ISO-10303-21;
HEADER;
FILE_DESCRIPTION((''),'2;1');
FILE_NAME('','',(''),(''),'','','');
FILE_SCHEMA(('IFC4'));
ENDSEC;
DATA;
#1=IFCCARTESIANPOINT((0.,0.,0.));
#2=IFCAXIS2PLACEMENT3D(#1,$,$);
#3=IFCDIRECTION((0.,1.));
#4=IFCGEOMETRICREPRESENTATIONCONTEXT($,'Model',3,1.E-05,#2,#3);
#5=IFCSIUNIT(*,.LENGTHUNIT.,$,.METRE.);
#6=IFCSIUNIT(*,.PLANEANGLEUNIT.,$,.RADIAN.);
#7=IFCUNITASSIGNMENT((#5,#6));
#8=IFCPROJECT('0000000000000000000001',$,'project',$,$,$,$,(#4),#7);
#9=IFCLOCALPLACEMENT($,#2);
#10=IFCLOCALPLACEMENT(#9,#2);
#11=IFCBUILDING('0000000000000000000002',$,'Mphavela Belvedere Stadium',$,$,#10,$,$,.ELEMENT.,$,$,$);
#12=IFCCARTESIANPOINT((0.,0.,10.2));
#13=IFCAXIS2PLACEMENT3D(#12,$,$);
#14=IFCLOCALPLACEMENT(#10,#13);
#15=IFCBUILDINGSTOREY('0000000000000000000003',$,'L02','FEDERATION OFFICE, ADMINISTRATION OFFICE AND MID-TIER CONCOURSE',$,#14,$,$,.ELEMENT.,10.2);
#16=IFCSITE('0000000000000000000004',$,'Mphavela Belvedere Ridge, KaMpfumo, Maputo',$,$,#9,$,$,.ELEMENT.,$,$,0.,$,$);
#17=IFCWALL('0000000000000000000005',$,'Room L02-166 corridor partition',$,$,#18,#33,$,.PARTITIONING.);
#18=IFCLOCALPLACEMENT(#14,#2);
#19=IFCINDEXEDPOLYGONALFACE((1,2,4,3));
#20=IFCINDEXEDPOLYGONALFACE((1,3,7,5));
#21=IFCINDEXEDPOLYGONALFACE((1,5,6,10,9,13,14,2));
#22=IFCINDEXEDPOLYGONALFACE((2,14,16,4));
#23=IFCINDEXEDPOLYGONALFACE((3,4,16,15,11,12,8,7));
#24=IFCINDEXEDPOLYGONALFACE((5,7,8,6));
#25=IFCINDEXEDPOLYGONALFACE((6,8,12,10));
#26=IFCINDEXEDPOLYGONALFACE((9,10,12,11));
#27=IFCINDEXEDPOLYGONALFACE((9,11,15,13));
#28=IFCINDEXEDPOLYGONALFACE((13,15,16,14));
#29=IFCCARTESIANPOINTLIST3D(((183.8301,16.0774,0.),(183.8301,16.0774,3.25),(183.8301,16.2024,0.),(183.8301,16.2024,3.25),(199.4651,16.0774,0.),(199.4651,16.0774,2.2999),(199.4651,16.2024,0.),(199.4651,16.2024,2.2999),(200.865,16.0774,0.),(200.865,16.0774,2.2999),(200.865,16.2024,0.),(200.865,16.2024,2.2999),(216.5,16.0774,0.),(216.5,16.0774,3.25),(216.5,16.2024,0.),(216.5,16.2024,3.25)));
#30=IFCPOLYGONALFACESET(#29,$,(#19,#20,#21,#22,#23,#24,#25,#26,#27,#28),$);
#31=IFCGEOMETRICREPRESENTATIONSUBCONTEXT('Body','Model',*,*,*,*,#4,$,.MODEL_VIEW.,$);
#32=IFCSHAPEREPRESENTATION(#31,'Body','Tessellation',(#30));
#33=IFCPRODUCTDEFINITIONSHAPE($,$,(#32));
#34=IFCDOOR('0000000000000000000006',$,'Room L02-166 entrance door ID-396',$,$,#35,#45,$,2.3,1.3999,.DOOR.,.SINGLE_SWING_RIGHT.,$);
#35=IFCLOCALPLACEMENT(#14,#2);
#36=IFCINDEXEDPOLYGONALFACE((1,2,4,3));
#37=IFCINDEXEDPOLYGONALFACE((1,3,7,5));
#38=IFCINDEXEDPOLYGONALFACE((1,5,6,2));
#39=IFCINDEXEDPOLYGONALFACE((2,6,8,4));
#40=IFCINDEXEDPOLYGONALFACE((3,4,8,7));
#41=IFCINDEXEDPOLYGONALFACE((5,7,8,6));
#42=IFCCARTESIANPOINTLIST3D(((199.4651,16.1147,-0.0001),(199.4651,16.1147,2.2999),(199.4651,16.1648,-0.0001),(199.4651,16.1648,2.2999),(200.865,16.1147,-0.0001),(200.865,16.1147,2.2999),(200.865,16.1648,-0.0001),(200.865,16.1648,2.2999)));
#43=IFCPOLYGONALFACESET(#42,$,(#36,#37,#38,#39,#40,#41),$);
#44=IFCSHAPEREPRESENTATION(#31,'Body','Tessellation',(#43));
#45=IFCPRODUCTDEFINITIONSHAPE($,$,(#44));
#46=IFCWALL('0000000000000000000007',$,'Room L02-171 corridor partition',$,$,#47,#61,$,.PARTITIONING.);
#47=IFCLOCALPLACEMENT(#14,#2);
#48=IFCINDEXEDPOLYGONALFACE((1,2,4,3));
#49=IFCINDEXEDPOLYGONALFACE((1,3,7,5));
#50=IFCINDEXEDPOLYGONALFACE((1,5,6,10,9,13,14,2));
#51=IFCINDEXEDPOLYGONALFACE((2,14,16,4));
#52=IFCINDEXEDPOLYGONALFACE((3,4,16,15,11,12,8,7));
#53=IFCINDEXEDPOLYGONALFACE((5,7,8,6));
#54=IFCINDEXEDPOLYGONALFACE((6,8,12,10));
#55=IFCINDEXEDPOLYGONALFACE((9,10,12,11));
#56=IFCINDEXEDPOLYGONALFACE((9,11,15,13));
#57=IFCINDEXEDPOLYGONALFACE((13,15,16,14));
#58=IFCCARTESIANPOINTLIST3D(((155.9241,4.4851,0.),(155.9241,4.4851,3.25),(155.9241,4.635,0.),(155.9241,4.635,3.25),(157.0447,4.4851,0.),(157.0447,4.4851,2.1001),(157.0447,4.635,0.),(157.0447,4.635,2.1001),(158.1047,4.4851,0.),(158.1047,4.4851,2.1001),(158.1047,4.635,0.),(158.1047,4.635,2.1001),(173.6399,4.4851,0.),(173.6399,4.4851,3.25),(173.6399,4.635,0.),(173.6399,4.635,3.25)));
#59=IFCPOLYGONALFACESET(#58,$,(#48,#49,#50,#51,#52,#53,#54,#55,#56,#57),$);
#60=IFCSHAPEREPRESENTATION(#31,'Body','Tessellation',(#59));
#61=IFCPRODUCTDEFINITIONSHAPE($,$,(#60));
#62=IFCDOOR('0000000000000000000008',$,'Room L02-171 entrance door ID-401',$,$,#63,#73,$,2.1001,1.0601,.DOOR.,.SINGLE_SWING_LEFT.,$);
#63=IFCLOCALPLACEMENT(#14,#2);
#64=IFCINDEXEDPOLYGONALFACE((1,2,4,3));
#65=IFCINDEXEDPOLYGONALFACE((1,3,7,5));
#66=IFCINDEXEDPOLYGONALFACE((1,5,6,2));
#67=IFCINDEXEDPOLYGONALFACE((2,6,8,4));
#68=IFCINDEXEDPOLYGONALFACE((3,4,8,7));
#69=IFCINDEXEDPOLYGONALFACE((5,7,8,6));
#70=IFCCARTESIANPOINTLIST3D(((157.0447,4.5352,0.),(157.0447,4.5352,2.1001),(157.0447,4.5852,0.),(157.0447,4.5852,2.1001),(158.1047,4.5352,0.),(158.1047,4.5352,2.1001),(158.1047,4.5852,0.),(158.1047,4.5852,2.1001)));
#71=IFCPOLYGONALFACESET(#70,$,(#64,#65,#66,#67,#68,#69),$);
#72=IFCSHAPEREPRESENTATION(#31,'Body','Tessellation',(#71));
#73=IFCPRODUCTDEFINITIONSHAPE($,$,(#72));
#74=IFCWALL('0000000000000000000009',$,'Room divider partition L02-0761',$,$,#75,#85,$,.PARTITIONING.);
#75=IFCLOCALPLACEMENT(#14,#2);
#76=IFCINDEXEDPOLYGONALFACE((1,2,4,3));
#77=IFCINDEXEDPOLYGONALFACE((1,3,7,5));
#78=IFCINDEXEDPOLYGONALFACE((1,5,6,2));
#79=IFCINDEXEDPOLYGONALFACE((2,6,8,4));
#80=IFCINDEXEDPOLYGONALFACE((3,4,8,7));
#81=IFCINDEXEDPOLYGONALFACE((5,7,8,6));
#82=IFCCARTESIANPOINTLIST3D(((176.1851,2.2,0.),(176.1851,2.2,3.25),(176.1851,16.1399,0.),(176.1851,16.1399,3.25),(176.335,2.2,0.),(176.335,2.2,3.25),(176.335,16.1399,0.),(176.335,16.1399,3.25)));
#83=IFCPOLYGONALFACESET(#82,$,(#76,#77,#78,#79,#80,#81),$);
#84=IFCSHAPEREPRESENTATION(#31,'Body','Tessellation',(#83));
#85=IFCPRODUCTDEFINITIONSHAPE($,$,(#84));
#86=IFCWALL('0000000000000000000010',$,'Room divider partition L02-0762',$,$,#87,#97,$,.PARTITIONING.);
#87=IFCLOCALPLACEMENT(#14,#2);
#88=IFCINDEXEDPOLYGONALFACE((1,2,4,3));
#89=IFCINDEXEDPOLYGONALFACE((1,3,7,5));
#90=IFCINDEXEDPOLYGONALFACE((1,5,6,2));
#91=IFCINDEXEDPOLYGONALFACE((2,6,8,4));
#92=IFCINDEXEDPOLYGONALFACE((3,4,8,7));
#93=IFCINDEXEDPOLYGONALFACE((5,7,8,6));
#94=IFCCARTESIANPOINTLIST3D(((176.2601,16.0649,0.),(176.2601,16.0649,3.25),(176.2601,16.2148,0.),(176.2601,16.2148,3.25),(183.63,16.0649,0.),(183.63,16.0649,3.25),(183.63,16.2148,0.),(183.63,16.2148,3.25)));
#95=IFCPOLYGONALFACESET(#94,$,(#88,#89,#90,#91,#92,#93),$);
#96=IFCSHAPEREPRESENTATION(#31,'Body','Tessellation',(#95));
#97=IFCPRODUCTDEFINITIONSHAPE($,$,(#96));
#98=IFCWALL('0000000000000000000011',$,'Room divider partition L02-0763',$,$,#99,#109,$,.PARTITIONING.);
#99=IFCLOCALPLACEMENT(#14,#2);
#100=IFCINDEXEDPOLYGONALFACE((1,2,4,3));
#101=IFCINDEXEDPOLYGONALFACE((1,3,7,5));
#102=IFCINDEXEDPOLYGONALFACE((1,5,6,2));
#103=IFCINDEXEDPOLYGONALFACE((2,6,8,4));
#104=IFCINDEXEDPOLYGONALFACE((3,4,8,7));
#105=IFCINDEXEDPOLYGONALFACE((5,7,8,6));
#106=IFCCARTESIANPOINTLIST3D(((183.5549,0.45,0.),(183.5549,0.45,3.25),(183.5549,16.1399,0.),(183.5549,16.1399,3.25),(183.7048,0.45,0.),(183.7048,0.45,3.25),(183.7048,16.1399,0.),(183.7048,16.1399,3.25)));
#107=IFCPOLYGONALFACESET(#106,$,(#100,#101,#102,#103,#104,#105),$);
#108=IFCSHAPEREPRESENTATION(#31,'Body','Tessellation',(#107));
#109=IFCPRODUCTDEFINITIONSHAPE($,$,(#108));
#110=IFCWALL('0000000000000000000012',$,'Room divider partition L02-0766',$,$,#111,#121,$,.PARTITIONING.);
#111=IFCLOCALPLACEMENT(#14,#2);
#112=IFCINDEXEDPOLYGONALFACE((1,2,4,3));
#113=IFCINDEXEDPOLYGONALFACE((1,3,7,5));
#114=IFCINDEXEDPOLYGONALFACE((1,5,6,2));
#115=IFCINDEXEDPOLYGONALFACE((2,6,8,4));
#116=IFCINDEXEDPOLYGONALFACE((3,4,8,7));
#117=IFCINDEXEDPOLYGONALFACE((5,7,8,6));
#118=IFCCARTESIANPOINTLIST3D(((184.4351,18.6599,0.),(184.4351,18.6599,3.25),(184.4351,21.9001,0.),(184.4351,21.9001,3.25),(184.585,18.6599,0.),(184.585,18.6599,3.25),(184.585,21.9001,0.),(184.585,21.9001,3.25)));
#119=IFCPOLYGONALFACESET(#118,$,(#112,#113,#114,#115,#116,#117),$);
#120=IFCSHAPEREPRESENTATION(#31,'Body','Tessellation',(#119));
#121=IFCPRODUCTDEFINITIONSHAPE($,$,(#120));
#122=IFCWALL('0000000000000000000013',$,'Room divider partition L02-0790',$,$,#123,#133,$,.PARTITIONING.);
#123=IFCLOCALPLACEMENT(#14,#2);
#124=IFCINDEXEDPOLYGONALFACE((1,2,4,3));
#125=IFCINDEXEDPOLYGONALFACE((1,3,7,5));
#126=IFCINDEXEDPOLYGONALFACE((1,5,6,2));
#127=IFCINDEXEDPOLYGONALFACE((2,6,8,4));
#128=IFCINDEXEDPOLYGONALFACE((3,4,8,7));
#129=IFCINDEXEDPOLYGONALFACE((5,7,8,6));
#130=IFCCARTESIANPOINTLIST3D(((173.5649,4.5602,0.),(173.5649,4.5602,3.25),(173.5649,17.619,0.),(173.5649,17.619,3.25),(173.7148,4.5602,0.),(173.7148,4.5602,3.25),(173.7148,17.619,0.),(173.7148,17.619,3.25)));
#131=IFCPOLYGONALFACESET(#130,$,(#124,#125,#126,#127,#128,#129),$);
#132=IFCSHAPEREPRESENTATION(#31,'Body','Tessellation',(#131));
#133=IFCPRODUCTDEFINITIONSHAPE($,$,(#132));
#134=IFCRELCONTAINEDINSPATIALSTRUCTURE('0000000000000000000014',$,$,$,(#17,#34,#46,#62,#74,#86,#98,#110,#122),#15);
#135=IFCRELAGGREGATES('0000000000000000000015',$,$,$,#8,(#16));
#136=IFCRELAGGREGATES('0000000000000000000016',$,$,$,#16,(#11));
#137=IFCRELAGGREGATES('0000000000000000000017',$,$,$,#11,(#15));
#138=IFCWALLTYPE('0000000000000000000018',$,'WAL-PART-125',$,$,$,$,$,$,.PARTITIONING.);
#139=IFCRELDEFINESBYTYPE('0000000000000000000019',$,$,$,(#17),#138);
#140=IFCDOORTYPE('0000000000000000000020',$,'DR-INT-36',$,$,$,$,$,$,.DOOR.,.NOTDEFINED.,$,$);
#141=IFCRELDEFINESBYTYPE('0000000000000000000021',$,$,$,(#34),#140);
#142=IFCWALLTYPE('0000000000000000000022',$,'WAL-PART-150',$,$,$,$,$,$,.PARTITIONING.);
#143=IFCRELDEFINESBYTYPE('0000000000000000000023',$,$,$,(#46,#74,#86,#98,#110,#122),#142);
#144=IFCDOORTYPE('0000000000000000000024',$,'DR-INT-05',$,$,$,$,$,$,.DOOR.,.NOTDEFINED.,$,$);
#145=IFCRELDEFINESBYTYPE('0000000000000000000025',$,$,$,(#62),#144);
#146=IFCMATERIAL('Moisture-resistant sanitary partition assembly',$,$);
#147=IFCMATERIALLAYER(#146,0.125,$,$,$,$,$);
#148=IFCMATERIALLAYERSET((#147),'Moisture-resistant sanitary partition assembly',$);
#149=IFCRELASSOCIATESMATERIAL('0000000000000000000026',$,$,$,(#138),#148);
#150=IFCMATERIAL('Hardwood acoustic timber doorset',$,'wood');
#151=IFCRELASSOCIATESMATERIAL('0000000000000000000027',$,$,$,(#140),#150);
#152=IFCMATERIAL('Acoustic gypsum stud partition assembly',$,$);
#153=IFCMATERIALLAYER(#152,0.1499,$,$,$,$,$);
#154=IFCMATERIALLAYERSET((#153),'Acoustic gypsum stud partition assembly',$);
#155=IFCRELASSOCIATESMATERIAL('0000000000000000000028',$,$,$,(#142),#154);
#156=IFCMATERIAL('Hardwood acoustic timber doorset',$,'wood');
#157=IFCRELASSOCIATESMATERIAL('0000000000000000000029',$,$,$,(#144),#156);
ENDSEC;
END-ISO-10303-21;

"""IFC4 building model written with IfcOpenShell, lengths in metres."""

from ifc_helpers import new_model, si_unit, direction, frame, frame_2d, origin, place, context, subcontext, project, spatial, rectangle, extrude, material, layer, layer_set, type_object, element, fill, save


model = new_model("IFC4")

# Units and contexts
model_context = context("Model", 3, precision=1e-05, world=origin(), true_north=direction((0.0, 1.0)))
body_context = subcontext(model_context, "Body", "Model", "MODEL_VIEW")
ifc_project = project(units=[si_unit("LENGTHUNIT", "METRE"), si_unit("PLANEANGLEUNIT", "RADIAN")], contexts=[model_context])

# Site, building, storey
site_placement = place(None, origin())
site = spatial("IfcSite", under=ifc_project, at=site_placement, Name="Mphavela Belvedere Ridge, KaMpfumo, Maputo", CompositionType="ELEMENT", RefElevation=0.0)
building_placement = place(site_placement, origin())
building = spatial("IfcBuilding", under=site, at=building_placement, Name="Mphavela Belvedere Stadium", CompositionType="ELEMENT")
storey_placement = place(building_placement, frame((0.0, 0.0, 10.2)))
storey = spatial("IfcBuildingStorey", under=building, at=storey_placement, Name="L02", Description="FEDERATION OFFICE, ADMINISTRATION OFFICE AND MID-TIER CONCOURSE", CompositionType="ELEMENT", Elevation=10.2)

# Walls, openings, doors
ifc_material_1 = material(Name="Moisture-resistant sanitary partition assembly")
ifc_layer_1 = layer(ifc_material_1, 0.125)
ifc_layer_set_1 = layer_set([ifc_layer_1], Name="Moisture-resistant sanitary partition assembly")
wall_type_1 = type_object("IfcWallType", Name="WAL-PART-125", PredefinedType="PARTITIONING", material=ifc_layer_set_1)
wall_1_placement = place(storey_placement, frame((183.8301, 16.1399, 0.0), z_axis=(0.0, 0.0, 1.0), x_axis=(1.0, 0.0, 0.0)))
wall_1 = element("IfcWall", 1, at=wall_1_placement, inside=storey, type_object=wall_type_1, Name="Room L02-166 corridor partition", PredefinedType="PARTITIONING", context=body_context, shape_type="SweptSolid", body=[
    extrude(rectangle(XDim=32.6699, YDim=0.125, at=frame_2d((16.335, 0.0))), origin(), (0.0, 0.0, 1.0), 3.25),
])
opening_1_placement = place(wall_1_placement, frame((15.635, 0.0, 0.0)))
opening_1 = element("IfcOpeningElement", 2, at=opening_1_placement, cuts=wall_1, PredefinedType="OPENING", context=body_context, shape_type="SweptSolid", body=[
    extrude(rectangle(XDim=1.3999, YDim=2.3, at=frame_2d((0.7, 1.1499))), frame((0.0, 0.0725, 0.0), z_axis=(0.0, -1.0, 0.0), x_axis=(1.0, 0.0, 0.0)), (0.0, 0.0, 1.0), 0.145),
])
ifc_material_2 = material(Name="Hardwood acoustic timber doorset", Category="wood")
door_type_1 = type_object("IfcDoorType", Name="DR-INT-36", OperationType="NOTDEFINED", PredefinedType="DOOR", material=ifc_material_2)
door_1_placement = place(opening_1_placement, origin())
door_1 = element("IfcDoor", 3, at=door_1_placement, inside=storey, type_object=door_type_1, Name="Room L02-166 entrance door ID-396", OperationType="SINGLE_SWING_RIGHT", OverallHeight=2.3, OverallWidth=1.3999, PredefinedType="DOOR", context=body_context, shape_type="SweptSolid", body=[
    extrude(rectangle(XDim=1.3999, YDim=2.3, at=frame_2d((0.7, 1.1499))), frame((0.0, 0.0249, 0.0), z_axis=(0.0, -1.0, 0.0), x_axis=(1.0, 0.0, 0.0)), (0.0, 0.0, 1.0), 0.05),
])
fill(opening_1, door_1)
ifc_material_3 = material(Name="Acoustic gypsum stud partition assembly")
ifc_layer_2 = layer(ifc_material_3, 0.1499)
ifc_layer_set_2 = layer_set([ifc_layer_2], Name="Acoustic gypsum stud partition assembly")
wall_type_2 = type_object("IfcWallType", Name="WAL-PART-150", PredefinedType="PARTITIONING", material=ifc_layer_set_2)
wall_2_placement = place(storey_placement, frame((173.6399, 4.5601, 0.0), z_axis=(0.0, 0.0, 1.0), x_axis=(-1.0, 0.0, 0.0)))
wall_2 = element("IfcWall", 4, at=wall_2_placement, inside=storey, type_object=wall_type_2, Name="Room L02-171 corridor partition", PredefinedType="PARTITIONING", context=body_context, shape_type="SweptSolid", body=[
    extrude(rectangle(XDim=17.7158, YDim=0.1499, at=frame_2d((8.8579, 0.0))), origin(), (0.0, 0.0, 1.0), 3.25),
])
opening_2_placement = place(wall_2_placement, frame((15.5352, 0.0, 0.0)))
opening_2 = element("IfcOpeningElement", 5, at=opening_2_placement, cuts=wall_2, PredefinedType="OPENING", context=body_context, shape_type="SweptSolid", body=[
    extrude(rectangle(XDim=1.0601, YDim=2.1001, at=frame_2d((0.53, 1.05))), frame((0.0, 0.085, 0.0), z_axis=(0.0, -1.0, 0.0), x_axis=(1.0, 0.0, 0.0)), (0.0, 0.0, 1.0), 0.1699),
])
ifc_material_4 = material(Name="Hardwood acoustic timber doorset", Category="wood")
door_type_2 = type_object("IfcDoorType", Name="DR-INT-05", OperationType="NOTDEFINED", PredefinedType="DOOR", material=ifc_material_4)
door_2_placement = place(opening_2_placement, origin())
door_2 = element("IfcDoor", 6, at=door_2_placement, inside=storey, type_object=door_type_2, Name="Room L02-171 entrance door ID-401", OperationType="SINGLE_SWING_LEFT", OverallHeight=2.1001, OverallWidth=1.0601, PredefinedType="DOOR", context=body_context, shape_type="SweptSolid", body=[
    extrude(rectangle(XDim=1.0601, YDim=2.1001, at=frame_2d((0.53, 1.05))), frame((0.0, 0.0249, 0.0), z_axis=(0.0, -1.0, 0.0), x_axis=(1.0, 0.0, 0.0)), (0.0, 0.0, 1.0), 0.05),
])
fill(opening_2, door_2)

# Walls
wall_3_placement = place(storey_placement, frame((176.26, 2.2, 0.0), z_axis=(0.0, 0.0, 1.0), x_axis=(0.0, 1.0, 0.0)))
element("IfcWall", 7, at=wall_3_placement, inside=storey, type_object=wall_type_2, Name="Room divider partition L02-0761", PredefinedType="PARTITIONING", context=body_context, shape_type="SweptSolid", body=[
    extrude(rectangle(XDim=13.9399, YDim=0.1499, at=frame_2d((6.97, 0.0))), origin(), (0.0, 0.0, 1.0), 3.25),
])
wall_4_placement = place(storey_placement, frame((176.26, 16.1399, 0.0), z_axis=(0.0, 0.0, 1.0), x_axis=(1.0, 0.0, 0.0)))
element("IfcWall", 8, at=wall_4_placement, inside=storey, type_object=wall_type_2, Name="Room divider partition L02-0762", PredefinedType="PARTITIONING", context=body_context, shape_type="SweptSolid", body=[
    extrude(rectangle(XDim=7.3699, YDim=0.1499, at=frame_2d((3.6851, 0.0))), origin(), (0.0, 0.0, 1.0), 3.25),
])
wall_5_placement = place(storey_placement, frame((183.6299, 16.1399, 0.0), z_axis=(0.0, 0.0, 1.0), x_axis=(0.0, -1.0, 0.0)))
element("IfcWall", 9, at=wall_5_placement, inside=storey, type_object=wall_type_2, Name="Room divider partition L02-0763", PredefinedType="PARTITIONING", context=body_context, shape_type="SweptSolid", body=[
    extrude(rectangle(XDim=15.6899, YDim=0.1499, at=frame_2d((7.845, 0.0))), origin(), (0.0, 0.0, 1.0), 3.25),
])
wall_6_placement = place(storey_placement, frame((184.51, 18.6599, 0.0), z_axis=(0.0, 0.0, 1.0), x_axis=(0.0, 1.0, 0.0)))
element("IfcWall", 10, at=wall_6_placement, inside=storey, type_object=wall_type_2, Name="Room divider partition L02-0766", PredefinedType="PARTITIONING", context=body_context, shape_type="SweptSolid", body=[
    extrude(rectangle(XDim=3.2402, YDim=0.1499, at=frame_2d((1.6201, 0.0))), origin(), (0.0, 0.0, 1.0), 3.25),
])
wall_7_placement = place(storey_placement, frame((173.6399, 17.6189, 0.0), z_axis=(0.0, 0.0, 1.0), x_axis=(0.0, -1.0, 0.0)))
element("IfcWall", 11, at=wall_7_placement, inside=storey, type_object=wall_type_2, Name="Room divider partition L02-0790", PredefinedType="PARTITIONING", context=body_context, shape_type="SweptSolid", body=[
    extrude(rectangle(XDim=13.0588, YDim=0.1499, at=frame_2d((6.5293, 0.0))), origin(), (0.0, 0.0, 1.0), 3.25),
])

save(model, "model.ifc")
